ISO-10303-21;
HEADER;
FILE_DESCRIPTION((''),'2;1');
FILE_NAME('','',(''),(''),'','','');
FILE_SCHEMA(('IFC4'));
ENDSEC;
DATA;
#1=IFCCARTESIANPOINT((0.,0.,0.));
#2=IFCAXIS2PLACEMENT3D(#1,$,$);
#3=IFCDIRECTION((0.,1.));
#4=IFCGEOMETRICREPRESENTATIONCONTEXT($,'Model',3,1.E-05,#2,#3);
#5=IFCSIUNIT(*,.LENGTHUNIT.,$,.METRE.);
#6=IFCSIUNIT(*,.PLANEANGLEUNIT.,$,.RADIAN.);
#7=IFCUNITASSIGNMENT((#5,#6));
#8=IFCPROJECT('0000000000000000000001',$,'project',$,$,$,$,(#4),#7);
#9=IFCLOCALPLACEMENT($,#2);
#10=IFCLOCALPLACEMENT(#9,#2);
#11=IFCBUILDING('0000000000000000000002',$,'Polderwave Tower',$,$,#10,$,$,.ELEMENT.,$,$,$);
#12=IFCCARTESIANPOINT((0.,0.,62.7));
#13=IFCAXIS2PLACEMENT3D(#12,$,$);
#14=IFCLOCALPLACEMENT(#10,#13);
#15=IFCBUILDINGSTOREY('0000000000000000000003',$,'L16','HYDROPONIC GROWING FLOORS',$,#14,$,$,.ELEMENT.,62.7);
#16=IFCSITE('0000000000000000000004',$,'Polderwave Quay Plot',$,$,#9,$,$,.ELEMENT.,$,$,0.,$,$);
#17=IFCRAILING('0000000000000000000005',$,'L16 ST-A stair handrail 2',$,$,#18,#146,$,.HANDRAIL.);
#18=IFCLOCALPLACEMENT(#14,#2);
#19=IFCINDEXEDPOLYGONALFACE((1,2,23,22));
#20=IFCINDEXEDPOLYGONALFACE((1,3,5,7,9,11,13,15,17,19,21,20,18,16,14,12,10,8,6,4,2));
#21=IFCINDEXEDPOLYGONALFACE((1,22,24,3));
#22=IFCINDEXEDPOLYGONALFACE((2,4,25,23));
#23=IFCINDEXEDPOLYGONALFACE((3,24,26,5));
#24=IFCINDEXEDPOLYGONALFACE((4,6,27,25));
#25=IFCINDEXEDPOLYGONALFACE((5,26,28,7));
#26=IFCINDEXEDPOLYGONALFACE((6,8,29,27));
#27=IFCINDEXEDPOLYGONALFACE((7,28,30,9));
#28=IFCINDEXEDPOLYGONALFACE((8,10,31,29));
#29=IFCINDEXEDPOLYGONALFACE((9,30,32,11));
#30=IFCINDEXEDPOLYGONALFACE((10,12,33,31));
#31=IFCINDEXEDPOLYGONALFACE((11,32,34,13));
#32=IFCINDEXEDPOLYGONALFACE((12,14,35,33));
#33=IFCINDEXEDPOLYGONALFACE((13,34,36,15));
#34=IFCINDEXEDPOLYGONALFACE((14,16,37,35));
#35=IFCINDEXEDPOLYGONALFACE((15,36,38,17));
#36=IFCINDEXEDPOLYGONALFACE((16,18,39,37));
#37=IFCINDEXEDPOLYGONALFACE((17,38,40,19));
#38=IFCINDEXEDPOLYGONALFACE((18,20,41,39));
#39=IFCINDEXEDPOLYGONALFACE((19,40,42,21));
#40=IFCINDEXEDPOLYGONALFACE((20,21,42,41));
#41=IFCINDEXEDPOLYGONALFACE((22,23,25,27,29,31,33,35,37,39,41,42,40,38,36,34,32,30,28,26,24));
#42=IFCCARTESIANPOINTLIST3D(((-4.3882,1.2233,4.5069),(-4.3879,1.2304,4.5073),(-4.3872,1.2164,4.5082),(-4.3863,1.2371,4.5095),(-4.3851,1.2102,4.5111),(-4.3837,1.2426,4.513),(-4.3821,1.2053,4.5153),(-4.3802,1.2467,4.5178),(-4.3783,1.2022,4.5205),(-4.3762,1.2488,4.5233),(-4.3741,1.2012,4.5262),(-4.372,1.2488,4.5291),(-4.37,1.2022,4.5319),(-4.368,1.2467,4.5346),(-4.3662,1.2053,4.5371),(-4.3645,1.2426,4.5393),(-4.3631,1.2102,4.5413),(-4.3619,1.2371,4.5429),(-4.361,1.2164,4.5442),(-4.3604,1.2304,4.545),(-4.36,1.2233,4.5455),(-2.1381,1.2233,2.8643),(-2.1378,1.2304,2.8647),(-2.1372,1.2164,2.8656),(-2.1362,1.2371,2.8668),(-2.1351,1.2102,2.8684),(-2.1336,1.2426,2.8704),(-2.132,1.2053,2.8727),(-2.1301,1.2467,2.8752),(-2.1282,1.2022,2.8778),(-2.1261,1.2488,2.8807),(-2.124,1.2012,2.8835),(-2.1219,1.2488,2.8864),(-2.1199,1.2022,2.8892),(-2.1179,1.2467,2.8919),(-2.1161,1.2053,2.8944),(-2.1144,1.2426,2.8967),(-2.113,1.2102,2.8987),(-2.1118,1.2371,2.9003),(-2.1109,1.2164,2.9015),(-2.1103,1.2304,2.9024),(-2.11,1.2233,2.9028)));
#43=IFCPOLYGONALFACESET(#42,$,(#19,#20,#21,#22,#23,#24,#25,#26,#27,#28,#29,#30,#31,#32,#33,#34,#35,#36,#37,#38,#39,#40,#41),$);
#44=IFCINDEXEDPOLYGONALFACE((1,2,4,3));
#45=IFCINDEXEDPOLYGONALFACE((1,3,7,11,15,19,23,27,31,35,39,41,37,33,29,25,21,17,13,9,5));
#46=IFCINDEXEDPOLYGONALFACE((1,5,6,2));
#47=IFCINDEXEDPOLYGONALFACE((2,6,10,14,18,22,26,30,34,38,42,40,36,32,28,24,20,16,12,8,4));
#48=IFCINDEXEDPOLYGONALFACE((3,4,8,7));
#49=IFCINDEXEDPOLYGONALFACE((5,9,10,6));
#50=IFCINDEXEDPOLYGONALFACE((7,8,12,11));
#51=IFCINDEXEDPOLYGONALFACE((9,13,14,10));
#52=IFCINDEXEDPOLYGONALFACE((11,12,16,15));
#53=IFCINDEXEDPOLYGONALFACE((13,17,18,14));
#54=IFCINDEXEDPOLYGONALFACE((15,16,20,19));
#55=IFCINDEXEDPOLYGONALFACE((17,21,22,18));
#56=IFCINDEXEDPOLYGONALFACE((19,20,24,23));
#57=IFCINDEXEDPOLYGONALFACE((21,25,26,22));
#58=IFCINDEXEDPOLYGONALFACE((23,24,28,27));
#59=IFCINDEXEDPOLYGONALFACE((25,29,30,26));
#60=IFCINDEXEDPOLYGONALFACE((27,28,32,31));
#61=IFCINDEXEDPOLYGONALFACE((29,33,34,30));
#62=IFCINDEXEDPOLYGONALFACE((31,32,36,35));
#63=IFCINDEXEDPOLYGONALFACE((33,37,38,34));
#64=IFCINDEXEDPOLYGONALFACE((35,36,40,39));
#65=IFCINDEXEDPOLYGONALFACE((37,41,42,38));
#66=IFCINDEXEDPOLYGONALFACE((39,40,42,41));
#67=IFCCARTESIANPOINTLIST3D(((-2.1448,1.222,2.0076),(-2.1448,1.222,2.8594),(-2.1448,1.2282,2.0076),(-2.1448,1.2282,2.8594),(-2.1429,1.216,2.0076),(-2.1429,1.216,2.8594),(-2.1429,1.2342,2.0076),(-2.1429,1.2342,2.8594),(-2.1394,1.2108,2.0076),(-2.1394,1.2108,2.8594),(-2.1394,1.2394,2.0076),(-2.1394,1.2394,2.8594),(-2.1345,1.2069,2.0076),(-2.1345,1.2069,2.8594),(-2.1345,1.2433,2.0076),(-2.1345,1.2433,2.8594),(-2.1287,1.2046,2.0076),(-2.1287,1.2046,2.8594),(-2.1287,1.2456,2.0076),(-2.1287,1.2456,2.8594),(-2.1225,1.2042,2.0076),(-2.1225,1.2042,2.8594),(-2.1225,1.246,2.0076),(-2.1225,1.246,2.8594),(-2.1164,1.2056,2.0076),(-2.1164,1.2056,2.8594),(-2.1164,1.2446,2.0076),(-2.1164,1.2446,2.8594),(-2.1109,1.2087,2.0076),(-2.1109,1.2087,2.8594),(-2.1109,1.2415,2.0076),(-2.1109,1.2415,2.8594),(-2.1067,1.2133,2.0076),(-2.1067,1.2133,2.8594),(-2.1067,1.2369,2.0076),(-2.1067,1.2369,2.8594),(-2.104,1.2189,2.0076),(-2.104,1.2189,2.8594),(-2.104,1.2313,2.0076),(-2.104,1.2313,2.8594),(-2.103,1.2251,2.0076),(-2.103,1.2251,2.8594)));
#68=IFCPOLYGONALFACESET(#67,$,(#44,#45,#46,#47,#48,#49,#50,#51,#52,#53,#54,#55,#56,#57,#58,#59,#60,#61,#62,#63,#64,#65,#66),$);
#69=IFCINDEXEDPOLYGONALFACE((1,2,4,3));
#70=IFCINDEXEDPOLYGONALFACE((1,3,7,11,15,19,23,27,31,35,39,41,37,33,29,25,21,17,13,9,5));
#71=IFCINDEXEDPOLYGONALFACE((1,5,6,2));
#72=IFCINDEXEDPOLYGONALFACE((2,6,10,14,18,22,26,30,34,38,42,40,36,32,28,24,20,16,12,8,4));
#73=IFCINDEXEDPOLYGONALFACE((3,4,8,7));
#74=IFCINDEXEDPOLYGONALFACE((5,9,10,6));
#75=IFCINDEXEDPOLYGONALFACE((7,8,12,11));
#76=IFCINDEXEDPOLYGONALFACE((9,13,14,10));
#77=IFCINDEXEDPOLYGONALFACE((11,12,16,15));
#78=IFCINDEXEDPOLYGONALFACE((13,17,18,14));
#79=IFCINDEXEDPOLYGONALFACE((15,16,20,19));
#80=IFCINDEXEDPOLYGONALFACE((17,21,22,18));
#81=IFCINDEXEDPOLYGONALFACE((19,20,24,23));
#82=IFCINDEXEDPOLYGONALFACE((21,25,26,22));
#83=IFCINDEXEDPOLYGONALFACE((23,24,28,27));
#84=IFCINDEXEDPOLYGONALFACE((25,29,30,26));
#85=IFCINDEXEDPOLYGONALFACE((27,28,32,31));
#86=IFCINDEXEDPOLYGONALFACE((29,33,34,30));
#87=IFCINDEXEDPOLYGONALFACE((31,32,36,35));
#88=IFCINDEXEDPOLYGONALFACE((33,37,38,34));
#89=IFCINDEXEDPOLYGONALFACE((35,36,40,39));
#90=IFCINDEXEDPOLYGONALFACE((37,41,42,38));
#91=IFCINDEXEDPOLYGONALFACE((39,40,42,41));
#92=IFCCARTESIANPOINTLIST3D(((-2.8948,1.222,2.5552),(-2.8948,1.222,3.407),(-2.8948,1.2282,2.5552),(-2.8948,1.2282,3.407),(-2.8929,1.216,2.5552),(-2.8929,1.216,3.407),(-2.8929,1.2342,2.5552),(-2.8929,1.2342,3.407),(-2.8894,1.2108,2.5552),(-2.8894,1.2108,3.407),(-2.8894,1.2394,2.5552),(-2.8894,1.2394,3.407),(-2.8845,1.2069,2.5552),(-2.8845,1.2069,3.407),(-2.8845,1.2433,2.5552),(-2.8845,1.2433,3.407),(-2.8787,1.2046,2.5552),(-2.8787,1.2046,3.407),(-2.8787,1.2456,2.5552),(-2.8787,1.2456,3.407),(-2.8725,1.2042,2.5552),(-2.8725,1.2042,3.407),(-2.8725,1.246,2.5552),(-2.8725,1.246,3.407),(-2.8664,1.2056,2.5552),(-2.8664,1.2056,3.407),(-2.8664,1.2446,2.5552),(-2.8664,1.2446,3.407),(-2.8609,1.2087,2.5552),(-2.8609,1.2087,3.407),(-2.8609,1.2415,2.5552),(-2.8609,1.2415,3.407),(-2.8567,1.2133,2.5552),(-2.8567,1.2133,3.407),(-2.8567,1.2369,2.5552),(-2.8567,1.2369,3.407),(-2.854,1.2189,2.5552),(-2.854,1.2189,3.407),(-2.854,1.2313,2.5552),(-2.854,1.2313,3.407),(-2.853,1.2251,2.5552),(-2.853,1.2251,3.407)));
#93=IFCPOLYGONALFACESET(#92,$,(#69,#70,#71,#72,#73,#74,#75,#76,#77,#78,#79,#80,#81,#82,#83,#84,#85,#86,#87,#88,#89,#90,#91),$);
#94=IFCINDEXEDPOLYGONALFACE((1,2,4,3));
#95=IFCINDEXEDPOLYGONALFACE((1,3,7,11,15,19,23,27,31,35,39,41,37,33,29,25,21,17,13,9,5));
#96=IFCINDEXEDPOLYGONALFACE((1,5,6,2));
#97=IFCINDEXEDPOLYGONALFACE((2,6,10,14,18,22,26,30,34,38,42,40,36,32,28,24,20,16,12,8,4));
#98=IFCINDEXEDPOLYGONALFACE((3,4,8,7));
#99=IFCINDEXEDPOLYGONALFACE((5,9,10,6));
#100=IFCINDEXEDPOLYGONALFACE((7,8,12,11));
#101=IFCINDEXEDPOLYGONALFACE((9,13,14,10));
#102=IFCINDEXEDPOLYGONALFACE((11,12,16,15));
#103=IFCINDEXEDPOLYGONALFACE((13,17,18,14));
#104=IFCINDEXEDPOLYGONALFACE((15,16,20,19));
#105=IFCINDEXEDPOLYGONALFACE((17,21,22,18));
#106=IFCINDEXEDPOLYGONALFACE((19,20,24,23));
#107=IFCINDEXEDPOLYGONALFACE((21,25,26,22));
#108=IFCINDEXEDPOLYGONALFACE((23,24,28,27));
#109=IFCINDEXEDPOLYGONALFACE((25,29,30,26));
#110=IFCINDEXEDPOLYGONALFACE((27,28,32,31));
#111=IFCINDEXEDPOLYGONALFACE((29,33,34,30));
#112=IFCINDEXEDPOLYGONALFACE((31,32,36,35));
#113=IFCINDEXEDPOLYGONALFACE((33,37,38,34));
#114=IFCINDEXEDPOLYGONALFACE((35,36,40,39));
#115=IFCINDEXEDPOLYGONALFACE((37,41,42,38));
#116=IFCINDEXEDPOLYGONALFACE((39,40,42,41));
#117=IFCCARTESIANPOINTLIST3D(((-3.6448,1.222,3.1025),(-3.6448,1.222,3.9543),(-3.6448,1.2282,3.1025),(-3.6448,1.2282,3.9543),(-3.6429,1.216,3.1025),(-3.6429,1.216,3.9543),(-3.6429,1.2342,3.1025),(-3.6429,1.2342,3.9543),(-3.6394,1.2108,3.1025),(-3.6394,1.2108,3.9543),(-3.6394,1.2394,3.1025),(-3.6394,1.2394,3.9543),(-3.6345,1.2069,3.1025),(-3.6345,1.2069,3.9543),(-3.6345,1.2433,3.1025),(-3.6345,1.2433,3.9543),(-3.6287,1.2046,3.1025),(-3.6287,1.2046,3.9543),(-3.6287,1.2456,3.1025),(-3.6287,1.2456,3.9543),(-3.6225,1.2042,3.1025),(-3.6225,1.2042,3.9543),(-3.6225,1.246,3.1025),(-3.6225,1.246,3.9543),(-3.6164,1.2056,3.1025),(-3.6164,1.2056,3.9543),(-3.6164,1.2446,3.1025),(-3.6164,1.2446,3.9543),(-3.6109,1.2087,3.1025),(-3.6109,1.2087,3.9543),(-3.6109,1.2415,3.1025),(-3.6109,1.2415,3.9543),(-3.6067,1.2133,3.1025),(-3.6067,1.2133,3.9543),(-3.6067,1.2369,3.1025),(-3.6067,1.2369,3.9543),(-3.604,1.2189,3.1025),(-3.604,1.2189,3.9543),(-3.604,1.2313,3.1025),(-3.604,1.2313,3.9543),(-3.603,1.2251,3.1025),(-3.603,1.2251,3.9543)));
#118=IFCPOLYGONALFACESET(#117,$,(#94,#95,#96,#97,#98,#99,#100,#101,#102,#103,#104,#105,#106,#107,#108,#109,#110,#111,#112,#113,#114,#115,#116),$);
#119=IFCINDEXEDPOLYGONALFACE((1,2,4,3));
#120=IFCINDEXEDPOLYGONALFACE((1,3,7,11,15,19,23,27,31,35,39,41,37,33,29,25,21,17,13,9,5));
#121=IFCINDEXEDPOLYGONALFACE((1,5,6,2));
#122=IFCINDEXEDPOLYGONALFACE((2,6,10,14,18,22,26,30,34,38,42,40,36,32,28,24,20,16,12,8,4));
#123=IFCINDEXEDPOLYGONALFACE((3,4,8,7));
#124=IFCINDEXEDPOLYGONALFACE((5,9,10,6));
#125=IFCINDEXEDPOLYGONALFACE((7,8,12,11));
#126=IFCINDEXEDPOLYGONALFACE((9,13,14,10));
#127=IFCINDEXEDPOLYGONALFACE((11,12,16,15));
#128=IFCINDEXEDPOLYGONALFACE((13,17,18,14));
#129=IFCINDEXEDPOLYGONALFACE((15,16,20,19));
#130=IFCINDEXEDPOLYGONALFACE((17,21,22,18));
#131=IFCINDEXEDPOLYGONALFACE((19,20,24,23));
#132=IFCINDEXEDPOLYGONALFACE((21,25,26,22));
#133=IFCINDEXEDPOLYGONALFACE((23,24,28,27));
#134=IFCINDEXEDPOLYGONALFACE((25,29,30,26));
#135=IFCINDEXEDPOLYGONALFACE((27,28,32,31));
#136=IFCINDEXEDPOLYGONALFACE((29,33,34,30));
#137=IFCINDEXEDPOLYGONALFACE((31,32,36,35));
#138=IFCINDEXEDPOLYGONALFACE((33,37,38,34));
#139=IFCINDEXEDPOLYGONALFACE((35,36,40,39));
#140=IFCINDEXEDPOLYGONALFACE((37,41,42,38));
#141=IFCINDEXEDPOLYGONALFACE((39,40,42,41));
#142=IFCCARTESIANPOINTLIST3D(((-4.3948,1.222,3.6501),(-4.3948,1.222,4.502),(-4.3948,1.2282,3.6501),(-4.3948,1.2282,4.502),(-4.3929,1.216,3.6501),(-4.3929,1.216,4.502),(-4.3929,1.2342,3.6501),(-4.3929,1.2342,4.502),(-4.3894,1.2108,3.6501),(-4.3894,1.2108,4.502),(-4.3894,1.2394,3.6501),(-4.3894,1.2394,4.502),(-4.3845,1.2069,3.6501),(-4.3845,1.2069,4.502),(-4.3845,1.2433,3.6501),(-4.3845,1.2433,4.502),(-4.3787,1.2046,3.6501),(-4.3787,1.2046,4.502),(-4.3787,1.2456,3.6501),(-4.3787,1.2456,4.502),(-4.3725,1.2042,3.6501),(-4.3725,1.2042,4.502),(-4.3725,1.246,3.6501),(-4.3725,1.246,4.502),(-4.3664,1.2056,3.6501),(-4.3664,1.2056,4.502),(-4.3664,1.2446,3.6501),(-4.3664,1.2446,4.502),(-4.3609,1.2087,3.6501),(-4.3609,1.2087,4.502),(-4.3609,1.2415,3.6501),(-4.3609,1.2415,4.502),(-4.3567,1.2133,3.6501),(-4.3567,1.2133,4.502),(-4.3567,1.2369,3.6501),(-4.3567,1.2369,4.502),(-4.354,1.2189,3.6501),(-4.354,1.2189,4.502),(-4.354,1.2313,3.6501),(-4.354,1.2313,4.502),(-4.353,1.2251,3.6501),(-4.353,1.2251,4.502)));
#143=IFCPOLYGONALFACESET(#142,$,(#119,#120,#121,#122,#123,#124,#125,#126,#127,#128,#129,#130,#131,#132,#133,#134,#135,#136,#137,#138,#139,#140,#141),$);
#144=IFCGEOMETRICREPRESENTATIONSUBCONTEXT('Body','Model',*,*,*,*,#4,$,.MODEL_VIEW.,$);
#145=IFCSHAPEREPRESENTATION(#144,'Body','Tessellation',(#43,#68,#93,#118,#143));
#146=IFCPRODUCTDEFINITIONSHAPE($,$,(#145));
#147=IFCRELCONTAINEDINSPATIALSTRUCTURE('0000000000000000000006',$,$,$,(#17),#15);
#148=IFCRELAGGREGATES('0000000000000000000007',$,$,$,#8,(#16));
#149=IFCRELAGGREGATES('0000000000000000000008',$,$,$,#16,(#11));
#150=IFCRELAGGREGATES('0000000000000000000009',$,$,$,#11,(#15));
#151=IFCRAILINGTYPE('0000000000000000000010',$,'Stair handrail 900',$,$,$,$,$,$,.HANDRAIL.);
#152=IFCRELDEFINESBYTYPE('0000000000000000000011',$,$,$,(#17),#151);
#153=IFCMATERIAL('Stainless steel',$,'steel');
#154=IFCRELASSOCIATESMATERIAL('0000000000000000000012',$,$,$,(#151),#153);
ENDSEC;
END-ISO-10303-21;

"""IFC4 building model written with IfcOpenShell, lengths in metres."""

from ifc_helpers import new_model, si_unit, direction, frame, origin, origin_2d, place, context, subcontext, project, spatial, circle, extrude, material, type_object, element, save


model = new_model("IFC4")

# Units and contexts
model_context = context("Model", 3, precision=1e-05, world=origin(), true_north=direction((0.0, 1.0)))
body_context = subcontext(model_context, "Body", "Model", "MODEL_VIEW")
ifc_project = project(units=[si_unit("LENGTHUNIT", "METRE"), si_unit("PLANEANGLEUNIT", "RADIAN")], contexts=[model_context])

# Site, building, storey
site_placement = place(None, origin())
site = spatial("IfcSite", under=ifc_project, at=site_placement, Name="Polderwave Quay Plot", CompositionType="ELEMENT", RefElevation=0.0)
building_placement = place(site_placement, origin())
building = spatial("IfcBuilding", under=site, at=building_placement, Name="Polderwave Tower", CompositionType="ELEMENT")
storey_placement = place(building_placement, frame((0.0, 0.0, 62.7)))
storey = spatial("IfcBuildingStorey", under=building, at=storey_placement, Name="L16", Description="HYDROPONIC GROWING FLOORS", CompositionType="ELEMENT", Elevation=62.7)

# Railing
ifc_material_1 = material(Name="Stainless steel", Category="steel")
railing_type_1 = type_object("IfcRailingType", Name="Stair handrail 900", PredefinedType="HANDRAIL", material=ifc_material_1)
railing_1_placement = place(storey_placement, frame((-2.124, 1.2251, 2.0076)))
element("IfcRailing", 1, at=railing_1_placement, inside=storey, type_object=railing_type_1, Name="L16 ST-A stair handrail 2", PredefinedType="HANDRAIL", context=body_context, shape_type="SweptSolid", body=[
    extrude(circle(Radius=0.0239, at=origin_2d()), frame((0.0, 0.0, 0.876), z_axis=(-0.807674, 0.0, 0.58963), x_axis=(0.0, -1.0, 0.0)), (0.0, 0.0, 1.0), 2.7859),
    extrude(circle(Radius=0.021, at=origin_2d()), origin(), (0.0, 0.0, 1.0), 0.8518),
    extrude(circle(Radius=0.021, at=origin_2d()), frame((-0.75, 0.0, 0.5476)), (0.0, 0.0, 1.0), 0.8518),
    extrude(circle(Radius=0.021, at=origin_2d()), frame((-1.5, 0.0, 1.095)), (0.0, 0.0, 1.0), 0.8518),
    extrude(circle(Radius=0.021, at=origin_2d()), frame((-2.25, 0.0, 1.6426)), (0.0, 0.0, 1.0), 0.8518),
])

save(model, "model.ifc")
